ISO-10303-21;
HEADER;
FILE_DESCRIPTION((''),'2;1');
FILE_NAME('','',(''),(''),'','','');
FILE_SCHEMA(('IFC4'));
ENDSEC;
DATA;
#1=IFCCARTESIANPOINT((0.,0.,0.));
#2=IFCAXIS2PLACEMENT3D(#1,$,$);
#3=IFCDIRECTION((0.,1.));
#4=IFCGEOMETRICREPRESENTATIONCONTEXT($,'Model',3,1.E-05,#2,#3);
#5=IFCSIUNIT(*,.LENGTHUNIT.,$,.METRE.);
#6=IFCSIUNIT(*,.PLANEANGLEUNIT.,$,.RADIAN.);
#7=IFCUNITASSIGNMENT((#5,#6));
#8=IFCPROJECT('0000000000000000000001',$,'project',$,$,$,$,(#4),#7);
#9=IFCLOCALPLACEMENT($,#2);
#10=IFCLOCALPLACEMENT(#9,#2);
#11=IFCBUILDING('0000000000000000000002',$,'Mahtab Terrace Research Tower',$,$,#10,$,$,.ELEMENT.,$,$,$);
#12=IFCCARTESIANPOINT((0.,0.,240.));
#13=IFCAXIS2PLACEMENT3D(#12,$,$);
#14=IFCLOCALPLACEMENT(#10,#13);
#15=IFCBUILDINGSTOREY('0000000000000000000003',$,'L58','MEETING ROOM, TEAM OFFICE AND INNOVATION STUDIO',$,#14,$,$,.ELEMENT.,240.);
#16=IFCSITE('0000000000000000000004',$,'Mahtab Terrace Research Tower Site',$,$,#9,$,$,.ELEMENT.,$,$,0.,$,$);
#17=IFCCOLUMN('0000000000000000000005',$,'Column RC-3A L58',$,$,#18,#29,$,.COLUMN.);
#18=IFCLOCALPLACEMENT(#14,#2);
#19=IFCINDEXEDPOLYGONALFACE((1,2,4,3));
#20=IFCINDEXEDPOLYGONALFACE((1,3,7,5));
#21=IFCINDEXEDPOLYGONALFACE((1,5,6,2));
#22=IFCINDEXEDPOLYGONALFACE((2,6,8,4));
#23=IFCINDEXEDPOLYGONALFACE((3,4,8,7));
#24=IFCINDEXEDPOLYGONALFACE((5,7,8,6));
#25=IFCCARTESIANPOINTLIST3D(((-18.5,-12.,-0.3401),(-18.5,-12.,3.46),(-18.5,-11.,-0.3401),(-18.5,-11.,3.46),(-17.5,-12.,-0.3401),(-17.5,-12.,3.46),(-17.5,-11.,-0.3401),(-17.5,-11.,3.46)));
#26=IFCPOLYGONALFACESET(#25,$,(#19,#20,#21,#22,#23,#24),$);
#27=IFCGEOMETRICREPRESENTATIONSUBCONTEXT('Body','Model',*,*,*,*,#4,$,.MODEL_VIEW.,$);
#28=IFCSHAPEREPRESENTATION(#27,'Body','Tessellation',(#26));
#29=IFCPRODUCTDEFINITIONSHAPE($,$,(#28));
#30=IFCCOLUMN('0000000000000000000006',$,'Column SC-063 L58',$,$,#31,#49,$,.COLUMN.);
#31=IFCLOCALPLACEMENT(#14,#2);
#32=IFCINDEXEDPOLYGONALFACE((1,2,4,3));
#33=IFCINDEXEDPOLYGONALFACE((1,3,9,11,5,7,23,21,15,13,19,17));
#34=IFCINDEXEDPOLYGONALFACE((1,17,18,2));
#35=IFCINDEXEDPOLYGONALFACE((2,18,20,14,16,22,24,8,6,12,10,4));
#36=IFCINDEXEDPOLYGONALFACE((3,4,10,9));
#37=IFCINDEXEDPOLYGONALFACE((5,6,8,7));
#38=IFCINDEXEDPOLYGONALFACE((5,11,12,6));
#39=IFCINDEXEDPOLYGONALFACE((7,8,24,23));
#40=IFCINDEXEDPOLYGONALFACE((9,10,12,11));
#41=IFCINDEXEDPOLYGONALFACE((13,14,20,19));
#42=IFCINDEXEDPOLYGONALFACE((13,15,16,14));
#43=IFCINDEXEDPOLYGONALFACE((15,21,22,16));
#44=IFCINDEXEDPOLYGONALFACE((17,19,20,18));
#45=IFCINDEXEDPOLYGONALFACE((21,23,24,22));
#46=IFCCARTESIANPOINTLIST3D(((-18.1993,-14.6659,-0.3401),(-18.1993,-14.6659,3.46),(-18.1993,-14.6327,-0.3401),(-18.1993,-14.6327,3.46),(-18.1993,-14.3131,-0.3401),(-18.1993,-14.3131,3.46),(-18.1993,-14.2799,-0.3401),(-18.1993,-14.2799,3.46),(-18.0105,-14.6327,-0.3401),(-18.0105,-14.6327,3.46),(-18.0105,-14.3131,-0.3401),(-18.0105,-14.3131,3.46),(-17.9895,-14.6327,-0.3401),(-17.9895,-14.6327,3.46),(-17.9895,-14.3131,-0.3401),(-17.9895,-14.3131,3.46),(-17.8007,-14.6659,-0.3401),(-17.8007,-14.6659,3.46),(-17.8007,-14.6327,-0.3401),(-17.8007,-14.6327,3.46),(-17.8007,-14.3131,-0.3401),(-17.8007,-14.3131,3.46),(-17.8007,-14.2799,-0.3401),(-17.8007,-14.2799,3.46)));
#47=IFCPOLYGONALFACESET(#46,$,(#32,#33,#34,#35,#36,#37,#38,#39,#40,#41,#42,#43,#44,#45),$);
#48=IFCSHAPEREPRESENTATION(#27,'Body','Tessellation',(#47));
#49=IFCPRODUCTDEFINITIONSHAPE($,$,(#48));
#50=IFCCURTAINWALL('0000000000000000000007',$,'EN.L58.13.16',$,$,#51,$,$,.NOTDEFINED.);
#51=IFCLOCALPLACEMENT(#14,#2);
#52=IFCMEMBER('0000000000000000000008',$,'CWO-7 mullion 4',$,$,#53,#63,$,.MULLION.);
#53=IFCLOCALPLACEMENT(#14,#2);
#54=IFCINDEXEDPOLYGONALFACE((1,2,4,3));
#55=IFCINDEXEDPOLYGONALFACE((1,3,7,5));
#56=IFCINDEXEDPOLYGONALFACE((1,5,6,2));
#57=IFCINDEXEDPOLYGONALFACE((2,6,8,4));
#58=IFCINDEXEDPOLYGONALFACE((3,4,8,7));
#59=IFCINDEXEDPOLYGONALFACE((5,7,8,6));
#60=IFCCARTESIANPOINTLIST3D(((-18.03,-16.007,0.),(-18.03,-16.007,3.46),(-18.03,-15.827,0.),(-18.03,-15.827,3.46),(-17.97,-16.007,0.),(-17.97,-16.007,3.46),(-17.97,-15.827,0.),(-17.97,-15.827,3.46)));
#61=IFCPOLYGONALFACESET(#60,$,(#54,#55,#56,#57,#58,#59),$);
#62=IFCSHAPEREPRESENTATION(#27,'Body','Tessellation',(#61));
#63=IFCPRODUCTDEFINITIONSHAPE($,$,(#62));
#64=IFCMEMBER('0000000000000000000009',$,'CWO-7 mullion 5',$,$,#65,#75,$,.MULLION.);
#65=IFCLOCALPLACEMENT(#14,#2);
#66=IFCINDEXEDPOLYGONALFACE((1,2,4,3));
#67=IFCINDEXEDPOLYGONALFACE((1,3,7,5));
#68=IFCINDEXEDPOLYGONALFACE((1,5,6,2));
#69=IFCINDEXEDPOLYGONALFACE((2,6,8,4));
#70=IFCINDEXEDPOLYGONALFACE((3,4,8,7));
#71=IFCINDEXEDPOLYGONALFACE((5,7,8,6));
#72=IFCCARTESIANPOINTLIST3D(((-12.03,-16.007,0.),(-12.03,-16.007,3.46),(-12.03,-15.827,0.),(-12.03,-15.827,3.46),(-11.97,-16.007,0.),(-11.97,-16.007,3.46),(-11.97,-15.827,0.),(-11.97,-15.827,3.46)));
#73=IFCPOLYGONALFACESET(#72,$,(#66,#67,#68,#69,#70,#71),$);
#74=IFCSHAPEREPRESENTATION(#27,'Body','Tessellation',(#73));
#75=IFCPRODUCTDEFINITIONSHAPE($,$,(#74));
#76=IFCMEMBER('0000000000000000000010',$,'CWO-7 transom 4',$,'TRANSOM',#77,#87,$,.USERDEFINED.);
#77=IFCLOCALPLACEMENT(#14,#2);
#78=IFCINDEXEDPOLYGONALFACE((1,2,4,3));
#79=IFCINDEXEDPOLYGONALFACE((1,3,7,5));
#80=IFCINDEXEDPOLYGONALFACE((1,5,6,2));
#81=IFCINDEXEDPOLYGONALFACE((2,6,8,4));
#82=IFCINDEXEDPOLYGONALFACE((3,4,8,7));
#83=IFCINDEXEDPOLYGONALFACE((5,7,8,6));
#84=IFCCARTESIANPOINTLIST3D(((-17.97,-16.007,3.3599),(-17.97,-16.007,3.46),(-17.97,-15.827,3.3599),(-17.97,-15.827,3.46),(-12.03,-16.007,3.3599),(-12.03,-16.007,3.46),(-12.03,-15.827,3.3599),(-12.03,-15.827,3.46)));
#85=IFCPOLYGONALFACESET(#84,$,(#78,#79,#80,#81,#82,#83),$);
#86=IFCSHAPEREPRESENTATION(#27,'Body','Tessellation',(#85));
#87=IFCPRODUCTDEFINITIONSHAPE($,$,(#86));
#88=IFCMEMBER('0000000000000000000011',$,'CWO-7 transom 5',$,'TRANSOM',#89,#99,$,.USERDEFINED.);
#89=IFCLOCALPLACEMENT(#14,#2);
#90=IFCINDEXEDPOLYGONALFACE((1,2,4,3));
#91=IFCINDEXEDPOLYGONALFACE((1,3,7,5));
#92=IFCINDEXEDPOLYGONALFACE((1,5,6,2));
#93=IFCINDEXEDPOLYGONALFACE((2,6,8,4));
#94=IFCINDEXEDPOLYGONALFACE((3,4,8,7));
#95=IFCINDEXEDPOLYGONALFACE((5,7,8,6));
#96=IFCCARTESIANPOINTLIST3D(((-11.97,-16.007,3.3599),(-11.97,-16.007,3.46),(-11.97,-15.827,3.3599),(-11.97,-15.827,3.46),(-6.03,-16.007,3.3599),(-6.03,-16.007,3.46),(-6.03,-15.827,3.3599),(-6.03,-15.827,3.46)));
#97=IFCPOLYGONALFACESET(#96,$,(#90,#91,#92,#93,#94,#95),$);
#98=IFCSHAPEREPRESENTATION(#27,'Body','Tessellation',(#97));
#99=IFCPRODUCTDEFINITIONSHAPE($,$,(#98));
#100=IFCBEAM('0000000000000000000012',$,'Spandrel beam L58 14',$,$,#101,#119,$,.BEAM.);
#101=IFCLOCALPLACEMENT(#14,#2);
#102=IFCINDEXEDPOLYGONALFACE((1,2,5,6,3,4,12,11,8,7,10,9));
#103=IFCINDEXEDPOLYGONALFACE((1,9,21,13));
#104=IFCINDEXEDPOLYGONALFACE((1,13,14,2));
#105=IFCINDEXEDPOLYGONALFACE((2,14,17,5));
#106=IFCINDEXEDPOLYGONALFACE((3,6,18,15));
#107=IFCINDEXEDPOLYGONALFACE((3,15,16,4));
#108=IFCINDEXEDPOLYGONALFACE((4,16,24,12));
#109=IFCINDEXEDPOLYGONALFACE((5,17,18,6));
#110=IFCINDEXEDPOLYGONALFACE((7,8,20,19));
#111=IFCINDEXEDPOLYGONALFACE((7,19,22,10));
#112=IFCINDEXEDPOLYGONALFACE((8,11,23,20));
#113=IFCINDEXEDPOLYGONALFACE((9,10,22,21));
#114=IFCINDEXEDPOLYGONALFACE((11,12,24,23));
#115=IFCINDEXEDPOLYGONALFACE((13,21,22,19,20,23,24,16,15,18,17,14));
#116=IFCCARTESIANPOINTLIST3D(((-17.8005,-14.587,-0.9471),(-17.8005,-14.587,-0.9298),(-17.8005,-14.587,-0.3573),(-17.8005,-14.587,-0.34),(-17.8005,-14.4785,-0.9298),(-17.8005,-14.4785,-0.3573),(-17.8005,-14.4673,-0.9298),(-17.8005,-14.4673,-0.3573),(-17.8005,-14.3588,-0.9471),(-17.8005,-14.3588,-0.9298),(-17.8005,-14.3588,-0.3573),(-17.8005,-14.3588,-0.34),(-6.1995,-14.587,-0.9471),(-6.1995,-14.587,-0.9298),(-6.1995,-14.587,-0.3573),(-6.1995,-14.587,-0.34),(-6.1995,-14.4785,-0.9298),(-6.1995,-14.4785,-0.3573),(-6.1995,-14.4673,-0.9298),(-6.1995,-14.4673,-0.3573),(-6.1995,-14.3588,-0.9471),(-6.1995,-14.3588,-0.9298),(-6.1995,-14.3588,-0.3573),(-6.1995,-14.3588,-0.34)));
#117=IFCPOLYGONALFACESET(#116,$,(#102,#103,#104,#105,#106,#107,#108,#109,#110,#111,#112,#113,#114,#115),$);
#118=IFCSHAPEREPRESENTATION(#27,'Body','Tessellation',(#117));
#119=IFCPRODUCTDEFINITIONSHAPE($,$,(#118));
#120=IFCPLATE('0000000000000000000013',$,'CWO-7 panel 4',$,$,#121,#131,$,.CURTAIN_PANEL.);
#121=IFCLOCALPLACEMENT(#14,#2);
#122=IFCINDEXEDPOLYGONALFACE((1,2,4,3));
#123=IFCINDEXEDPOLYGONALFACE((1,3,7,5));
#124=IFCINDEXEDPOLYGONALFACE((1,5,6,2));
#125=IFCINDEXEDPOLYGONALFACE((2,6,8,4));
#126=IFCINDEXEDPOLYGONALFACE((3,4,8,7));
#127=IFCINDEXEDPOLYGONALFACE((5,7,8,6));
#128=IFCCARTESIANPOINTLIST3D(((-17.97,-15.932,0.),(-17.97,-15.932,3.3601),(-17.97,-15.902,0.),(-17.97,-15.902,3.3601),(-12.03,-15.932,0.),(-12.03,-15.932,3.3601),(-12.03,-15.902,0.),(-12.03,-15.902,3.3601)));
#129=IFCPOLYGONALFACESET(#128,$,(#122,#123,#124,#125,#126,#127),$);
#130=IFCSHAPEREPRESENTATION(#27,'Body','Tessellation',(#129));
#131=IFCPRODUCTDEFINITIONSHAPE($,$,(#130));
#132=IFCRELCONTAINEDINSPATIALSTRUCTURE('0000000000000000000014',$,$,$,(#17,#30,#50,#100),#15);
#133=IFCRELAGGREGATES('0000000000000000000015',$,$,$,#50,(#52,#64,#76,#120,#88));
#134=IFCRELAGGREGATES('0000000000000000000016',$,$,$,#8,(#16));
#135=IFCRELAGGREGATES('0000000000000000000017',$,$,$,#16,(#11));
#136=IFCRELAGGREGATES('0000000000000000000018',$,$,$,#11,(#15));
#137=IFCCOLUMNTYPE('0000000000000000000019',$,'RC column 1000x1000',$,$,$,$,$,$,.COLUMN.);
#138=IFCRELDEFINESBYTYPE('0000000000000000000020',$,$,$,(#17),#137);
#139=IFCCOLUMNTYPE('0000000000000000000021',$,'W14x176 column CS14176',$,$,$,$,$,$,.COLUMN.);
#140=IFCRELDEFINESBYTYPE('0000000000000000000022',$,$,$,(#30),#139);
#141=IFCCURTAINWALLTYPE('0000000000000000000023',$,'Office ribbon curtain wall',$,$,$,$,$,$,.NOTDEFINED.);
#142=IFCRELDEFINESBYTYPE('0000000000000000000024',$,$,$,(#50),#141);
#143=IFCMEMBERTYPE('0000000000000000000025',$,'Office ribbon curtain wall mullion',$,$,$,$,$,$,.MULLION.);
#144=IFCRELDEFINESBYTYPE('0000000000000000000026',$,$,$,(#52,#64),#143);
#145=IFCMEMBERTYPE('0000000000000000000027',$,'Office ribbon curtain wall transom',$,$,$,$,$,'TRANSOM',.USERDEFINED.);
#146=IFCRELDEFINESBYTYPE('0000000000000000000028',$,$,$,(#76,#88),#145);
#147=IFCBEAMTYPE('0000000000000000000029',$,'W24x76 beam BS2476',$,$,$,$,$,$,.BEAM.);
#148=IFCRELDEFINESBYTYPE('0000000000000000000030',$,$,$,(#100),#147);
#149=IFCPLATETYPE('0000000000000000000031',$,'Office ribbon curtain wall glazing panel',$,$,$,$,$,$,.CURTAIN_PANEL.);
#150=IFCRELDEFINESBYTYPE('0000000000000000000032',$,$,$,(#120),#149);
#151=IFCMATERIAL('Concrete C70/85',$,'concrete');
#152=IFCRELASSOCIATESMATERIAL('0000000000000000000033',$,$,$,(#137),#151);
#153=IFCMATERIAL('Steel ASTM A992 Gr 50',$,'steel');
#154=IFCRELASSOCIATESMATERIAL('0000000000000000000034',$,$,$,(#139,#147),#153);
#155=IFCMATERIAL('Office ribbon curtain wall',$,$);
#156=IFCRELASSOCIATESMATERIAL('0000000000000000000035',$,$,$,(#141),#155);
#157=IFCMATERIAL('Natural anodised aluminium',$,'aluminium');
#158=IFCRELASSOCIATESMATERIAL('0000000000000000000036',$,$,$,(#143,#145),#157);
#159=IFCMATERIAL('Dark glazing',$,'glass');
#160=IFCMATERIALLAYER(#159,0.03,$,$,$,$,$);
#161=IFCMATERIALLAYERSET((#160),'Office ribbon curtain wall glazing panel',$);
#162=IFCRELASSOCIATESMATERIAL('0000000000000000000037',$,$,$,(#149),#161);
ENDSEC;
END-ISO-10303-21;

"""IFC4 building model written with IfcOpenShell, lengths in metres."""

from ifc_helpers import new_model, si_unit, direction, frame, origin, origin_2d, place, context, subcontext, project, spatial, rectangle, i_section, extrude, material, layer, layer_set, material_profile, profile_set, type_object, element, aggregate, save


model = new_model("IFC4")

# Units and contexts
model_context = context("Model", 3, precision=1e-05, world=origin(), true_north=direction((0.0, 1.0)))
body_context = subcontext(model_context, "Body", "Model", "MODEL_VIEW")
ifc_project = project(units=[si_unit("LENGTHUNIT", "METRE"), si_unit("PLANEANGLEUNIT", "RADIAN")], contexts=[model_context])

# Site, building, storey
site_placement = place(None, origin())
site = spatial("IfcSite", under=ifc_project, at=site_placement, Name="Mahtab Terrace Research Tower Site", CompositionType="ELEMENT", RefElevation=0.0)
building_placement = place(site_placement, origin())
building = spatial("IfcBuilding", under=site, at=building_placement, Name="Mahtab Terrace Research Tower", CompositionType="ELEMENT")
storey_placement = place(building_placement, frame((0.0, 0.0, 240.0)))
storey = spatial("IfcBuildingStorey", under=building, at=storey_placement, Name="L58", Description="MEETING ROOM, TEAM OFFICE AND INNOVATION STUDIO", CompositionType="ELEMENT", Elevation=240.0)

# Columns
ifc_material_1 = material(Name="Concrete C70/85", Category="concrete")
ifc_material_profile_1 = material_profile(ifc_material_1, rectangle(XDim=1.0, YDim=1.0, at=origin_2d()), Name="RC column 1000x1000")
ifc_profile_set_1 = profile_set([ifc_material_profile_1], Name="Concrete C70/85")
column_type_1 = type_object("IfcColumnType", Name="RC column 1000x1000", PredefinedType="COLUMN", material=ifc_profile_set_1)
column_1_placement = place(storey_placement, frame((-18.0, -11.5, -0.3401), z_axis=(0.0, 0.0, 1.0), x_axis=(1.0, 0.0, 0.0)))
element("IfcColumn", 1, at=column_1_placement, inside=storey, type_object=column_type_1, Name="Column RC-3A L58", PredefinedType="COLUMN", context=body_context, shape_type="SweptSolid", body=[
    extrude(rectangle(XDim=1.0, YDim=1.0, at=origin_2d()), origin(), (0.0, 0.0, 1.0), 3.8),
])
ifc_material_2 = material(Name="Steel ASTM A992 Gr 50", Category="steel")
ifc_material_profile_2 = material_profile(ifc_material_2, i_section(OverallWidth=0.3987, OverallDepth=0.386, WebThickness=0.021, FlangeThickness=0.0332, at=origin_2d()), Name="W14X176")
ifc_profile_set_2 = profile_set([ifc_material_profile_2], Name="Steel ASTM A992 Gr 50")
column_type_2 = type_object("IfcColumnType", Name="W14x176 column CS14176", PredefinedType="COLUMN", material=ifc_profile_set_2)
column_2_placement = place(storey_placement, frame((-18.0, -14.4729, -0.3401), z_axis=(0.0, 0.0, 1.0), x_axis=(1.0, 0.0, 0.0)))
element("IfcColumn", 2, at=column_2_placement, inside=storey, type_object=column_type_2, Name="Column SC-063 L58", PredefinedType="COLUMN", context=body_context, shape_type="SweptSolid", body=[
    extrude(i_section(OverallWidth=0.3987, OverallDepth=0.386, WebThickness=0.021, FlangeThickness=0.0332, at=origin_2d()), origin(), (0.0, 0.0, 1.0), 3.8),
])

# Curtain wall, members
ifc_material_3 = material(Name="Office ribbon curtain wall")
curtain_wall_type = type_object("IfcCurtainWallType", Name="Office ribbon curtain wall", PredefinedType="NOTDEFINED", material=ifc_material_3)
curtain_wall_placement = place(storey_placement, origin())
curtain_wall = element("IfcCurtainWall", 3, at=curtain_wall_placement, inside=storey, type_object=curtain_wall_type, Name="EN.L58.13.16", PredefinedType="NOTDEFINED")
ifc_material_4 = material(Name="Natural anodised aluminium", Category="aluminium")
ifc_material_profile_3 = material_profile(ifc_material_4, rectangle(XDim=0.1799, YDim=0.0601, at=origin_2d()), Name="MULLION 60x180")
ifc_profile_set_3 = profile_set([ifc_material_profile_3], Name="Natural anodised aluminium")
member_type_1 = type_object("IfcMemberType", Name="Office ribbon curtain wall mullion", PredefinedType="MULLION", material=ifc_profile_set_3)
member_1_placement = place(storey_placement, frame((-18.0, -15.917, 0.0), z_axis=(0.0, 0.0, 1.0), x_axis=(0.0, 1.0, 0.0)))
member_1 = element("IfcMember", 4, at=member_1_placement, type_object=member_type_1, Name="CWO-7 mullion 4", PredefinedType="MULLION", context=body_context, shape_type="SweptSolid", body=[
    extrude(rectangle(XDim=0.1799, YDim=0.0601, at=origin_2d()), origin(), (0.0, 0.0, 1.0), 3.46),
])
member_2_placement = place(storey_placement, frame((-12.0, -15.917, 0.0), z_axis=(0.0, 0.0, 1.0), x_axis=(0.0, 1.0, 0.0)))
member_2 = element("IfcMember", 5, at=member_2_placement, type_object=member_type_1, Name="CWO-7 mullion 5", PredefinedType="MULLION", context=body_context, shape_type="SweptSolid", body=[
    extrude(rectangle(XDim=0.1799, YDim=0.0601, at=origin_2d()), origin(), (0.0, 0.0, 1.0), 3.46),
])
ifc_material_profile_4 = material_profile(ifc_material_4, rectangle(XDim=0.1799, YDim=0.1001, at=origin_2d()), Name="TRANSOM 100x180")
ifc_profile_set_4 = profile_set([ifc_material_profile_4], Name="Natural anodised aluminium")
member_type_2 = type_object("IfcMemberType", Name="Office ribbon curtain wall transom", ElementType="TRANSOM", PredefinedType="USERDEFINED", material=ifc_profile_set_4)
member_3_placement = place(storey_placement, frame((-17.97, -15.917, 3.4099), z_axis=(1.0, 0.0, 0.0), x_axis=(0.0, 1.0, 0.0)))
member_3 = element("IfcMember", 6, at=member_3_placement, type_object=member_type_2, Name="CWO-7 transom 4", ObjectType="TRANSOM", PredefinedType="USERDEFINED", context=body_context, shape_type="SweptSolid", body=[
    extrude(rectangle(XDim=0.1799, YDim=0.1001, at=origin_2d()), origin(), (0.0, 0.0, 1.0), 5.9399),
])
member_4_placement = place(storey_placement, frame((-11.97, -15.917, 3.4099), z_axis=(1.0, 0.0, 0.0), x_axis=(0.0, 1.0, 0.0)))
member_4 = element("IfcMember", 7, at=member_4_placement, type_object=member_type_2, Name="CWO-7 transom 5", ObjectType="TRANSOM", PredefinedType="USERDEFINED", context=body_context, shape_type="SweptSolid", body=[
    extrude(rectangle(XDim=0.1799, YDim=0.1001, at=origin_2d()), origin(), (0.0, 0.0, 1.0), 5.9399),
])

# Beam
ifc_material_profile_5 = material_profile(ifc_material_2, i_section(OverallWidth=0.2283, OverallDepth=0.6072, WebThickness=0.0112, FlangeThickness=0.0173, at=origin_2d()), Name="W24X76")
ifc_profile_set_5 = profile_set([ifc_material_profile_5], Name="Steel ASTM A992 Gr 50")
beam_type = type_object("IfcBeamType", Name="W24x76 beam BS2476", PredefinedType="BEAM", material=ifc_profile_set_5)
beam_placement = place(storey_placement, frame((-17.8005, -14.4729, -0.6436), z_axis=(1.0, 0.0, 0.0), x_axis=(0.0, 1.0, 0.0)))
element("IfcBeam", 8, at=beam_placement, inside=storey, type_object=beam_type, Name="Spandrel beam L58 14", PredefinedType="BEAM", context=body_context, shape_type="SweptSolid", body=[
    extrude(i_section(OverallWidth=0.2283, OverallDepth=0.6072, WebThickness=0.0112, FlangeThickness=0.0173, at=origin_2d()), origin(), (0.0, 0.0, 1.0), 11.6011),
])

# Plate
ifc_material_5 = material(Name="Dark glazing", Category="glass")
ifc_layer_1 = layer(ifc_material_5, 0.03)
ifc_layer_set_1 = layer_set([ifc_layer_1], Name="Office ribbon curtain wall glazing panel")
plate_type = type_object("IfcPlateType", Name="Office ribbon curtain wall glazing panel", PredefinedType="CURTAIN_PANEL", material=ifc_layer_set_1)
plate_placement = place(storey_placement, frame((-15.0, -15.917, 0.0), z_axis=(0.0, 0.0, 1.0), x_axis=(1.0, 0.0, 0.0)))
plate = element("IfcPlate", 9, at=plate_placement, type_object=plate_type, Name="CWO-7 panel 4", PredefinedType="CURTAIN_PANEL", context=body_context, shape_type="SweptSolid", body=[
    extrude(rectangle(XDim=5.9399, YDim=0.03, at=origin_2d()), origin(), (0.0, 0.0, 1.0), 3.3601),
])
aggregate(curtain_wall, [member_1, member_2, member_3, plate, member_4])

save(model, "model.ifc")
